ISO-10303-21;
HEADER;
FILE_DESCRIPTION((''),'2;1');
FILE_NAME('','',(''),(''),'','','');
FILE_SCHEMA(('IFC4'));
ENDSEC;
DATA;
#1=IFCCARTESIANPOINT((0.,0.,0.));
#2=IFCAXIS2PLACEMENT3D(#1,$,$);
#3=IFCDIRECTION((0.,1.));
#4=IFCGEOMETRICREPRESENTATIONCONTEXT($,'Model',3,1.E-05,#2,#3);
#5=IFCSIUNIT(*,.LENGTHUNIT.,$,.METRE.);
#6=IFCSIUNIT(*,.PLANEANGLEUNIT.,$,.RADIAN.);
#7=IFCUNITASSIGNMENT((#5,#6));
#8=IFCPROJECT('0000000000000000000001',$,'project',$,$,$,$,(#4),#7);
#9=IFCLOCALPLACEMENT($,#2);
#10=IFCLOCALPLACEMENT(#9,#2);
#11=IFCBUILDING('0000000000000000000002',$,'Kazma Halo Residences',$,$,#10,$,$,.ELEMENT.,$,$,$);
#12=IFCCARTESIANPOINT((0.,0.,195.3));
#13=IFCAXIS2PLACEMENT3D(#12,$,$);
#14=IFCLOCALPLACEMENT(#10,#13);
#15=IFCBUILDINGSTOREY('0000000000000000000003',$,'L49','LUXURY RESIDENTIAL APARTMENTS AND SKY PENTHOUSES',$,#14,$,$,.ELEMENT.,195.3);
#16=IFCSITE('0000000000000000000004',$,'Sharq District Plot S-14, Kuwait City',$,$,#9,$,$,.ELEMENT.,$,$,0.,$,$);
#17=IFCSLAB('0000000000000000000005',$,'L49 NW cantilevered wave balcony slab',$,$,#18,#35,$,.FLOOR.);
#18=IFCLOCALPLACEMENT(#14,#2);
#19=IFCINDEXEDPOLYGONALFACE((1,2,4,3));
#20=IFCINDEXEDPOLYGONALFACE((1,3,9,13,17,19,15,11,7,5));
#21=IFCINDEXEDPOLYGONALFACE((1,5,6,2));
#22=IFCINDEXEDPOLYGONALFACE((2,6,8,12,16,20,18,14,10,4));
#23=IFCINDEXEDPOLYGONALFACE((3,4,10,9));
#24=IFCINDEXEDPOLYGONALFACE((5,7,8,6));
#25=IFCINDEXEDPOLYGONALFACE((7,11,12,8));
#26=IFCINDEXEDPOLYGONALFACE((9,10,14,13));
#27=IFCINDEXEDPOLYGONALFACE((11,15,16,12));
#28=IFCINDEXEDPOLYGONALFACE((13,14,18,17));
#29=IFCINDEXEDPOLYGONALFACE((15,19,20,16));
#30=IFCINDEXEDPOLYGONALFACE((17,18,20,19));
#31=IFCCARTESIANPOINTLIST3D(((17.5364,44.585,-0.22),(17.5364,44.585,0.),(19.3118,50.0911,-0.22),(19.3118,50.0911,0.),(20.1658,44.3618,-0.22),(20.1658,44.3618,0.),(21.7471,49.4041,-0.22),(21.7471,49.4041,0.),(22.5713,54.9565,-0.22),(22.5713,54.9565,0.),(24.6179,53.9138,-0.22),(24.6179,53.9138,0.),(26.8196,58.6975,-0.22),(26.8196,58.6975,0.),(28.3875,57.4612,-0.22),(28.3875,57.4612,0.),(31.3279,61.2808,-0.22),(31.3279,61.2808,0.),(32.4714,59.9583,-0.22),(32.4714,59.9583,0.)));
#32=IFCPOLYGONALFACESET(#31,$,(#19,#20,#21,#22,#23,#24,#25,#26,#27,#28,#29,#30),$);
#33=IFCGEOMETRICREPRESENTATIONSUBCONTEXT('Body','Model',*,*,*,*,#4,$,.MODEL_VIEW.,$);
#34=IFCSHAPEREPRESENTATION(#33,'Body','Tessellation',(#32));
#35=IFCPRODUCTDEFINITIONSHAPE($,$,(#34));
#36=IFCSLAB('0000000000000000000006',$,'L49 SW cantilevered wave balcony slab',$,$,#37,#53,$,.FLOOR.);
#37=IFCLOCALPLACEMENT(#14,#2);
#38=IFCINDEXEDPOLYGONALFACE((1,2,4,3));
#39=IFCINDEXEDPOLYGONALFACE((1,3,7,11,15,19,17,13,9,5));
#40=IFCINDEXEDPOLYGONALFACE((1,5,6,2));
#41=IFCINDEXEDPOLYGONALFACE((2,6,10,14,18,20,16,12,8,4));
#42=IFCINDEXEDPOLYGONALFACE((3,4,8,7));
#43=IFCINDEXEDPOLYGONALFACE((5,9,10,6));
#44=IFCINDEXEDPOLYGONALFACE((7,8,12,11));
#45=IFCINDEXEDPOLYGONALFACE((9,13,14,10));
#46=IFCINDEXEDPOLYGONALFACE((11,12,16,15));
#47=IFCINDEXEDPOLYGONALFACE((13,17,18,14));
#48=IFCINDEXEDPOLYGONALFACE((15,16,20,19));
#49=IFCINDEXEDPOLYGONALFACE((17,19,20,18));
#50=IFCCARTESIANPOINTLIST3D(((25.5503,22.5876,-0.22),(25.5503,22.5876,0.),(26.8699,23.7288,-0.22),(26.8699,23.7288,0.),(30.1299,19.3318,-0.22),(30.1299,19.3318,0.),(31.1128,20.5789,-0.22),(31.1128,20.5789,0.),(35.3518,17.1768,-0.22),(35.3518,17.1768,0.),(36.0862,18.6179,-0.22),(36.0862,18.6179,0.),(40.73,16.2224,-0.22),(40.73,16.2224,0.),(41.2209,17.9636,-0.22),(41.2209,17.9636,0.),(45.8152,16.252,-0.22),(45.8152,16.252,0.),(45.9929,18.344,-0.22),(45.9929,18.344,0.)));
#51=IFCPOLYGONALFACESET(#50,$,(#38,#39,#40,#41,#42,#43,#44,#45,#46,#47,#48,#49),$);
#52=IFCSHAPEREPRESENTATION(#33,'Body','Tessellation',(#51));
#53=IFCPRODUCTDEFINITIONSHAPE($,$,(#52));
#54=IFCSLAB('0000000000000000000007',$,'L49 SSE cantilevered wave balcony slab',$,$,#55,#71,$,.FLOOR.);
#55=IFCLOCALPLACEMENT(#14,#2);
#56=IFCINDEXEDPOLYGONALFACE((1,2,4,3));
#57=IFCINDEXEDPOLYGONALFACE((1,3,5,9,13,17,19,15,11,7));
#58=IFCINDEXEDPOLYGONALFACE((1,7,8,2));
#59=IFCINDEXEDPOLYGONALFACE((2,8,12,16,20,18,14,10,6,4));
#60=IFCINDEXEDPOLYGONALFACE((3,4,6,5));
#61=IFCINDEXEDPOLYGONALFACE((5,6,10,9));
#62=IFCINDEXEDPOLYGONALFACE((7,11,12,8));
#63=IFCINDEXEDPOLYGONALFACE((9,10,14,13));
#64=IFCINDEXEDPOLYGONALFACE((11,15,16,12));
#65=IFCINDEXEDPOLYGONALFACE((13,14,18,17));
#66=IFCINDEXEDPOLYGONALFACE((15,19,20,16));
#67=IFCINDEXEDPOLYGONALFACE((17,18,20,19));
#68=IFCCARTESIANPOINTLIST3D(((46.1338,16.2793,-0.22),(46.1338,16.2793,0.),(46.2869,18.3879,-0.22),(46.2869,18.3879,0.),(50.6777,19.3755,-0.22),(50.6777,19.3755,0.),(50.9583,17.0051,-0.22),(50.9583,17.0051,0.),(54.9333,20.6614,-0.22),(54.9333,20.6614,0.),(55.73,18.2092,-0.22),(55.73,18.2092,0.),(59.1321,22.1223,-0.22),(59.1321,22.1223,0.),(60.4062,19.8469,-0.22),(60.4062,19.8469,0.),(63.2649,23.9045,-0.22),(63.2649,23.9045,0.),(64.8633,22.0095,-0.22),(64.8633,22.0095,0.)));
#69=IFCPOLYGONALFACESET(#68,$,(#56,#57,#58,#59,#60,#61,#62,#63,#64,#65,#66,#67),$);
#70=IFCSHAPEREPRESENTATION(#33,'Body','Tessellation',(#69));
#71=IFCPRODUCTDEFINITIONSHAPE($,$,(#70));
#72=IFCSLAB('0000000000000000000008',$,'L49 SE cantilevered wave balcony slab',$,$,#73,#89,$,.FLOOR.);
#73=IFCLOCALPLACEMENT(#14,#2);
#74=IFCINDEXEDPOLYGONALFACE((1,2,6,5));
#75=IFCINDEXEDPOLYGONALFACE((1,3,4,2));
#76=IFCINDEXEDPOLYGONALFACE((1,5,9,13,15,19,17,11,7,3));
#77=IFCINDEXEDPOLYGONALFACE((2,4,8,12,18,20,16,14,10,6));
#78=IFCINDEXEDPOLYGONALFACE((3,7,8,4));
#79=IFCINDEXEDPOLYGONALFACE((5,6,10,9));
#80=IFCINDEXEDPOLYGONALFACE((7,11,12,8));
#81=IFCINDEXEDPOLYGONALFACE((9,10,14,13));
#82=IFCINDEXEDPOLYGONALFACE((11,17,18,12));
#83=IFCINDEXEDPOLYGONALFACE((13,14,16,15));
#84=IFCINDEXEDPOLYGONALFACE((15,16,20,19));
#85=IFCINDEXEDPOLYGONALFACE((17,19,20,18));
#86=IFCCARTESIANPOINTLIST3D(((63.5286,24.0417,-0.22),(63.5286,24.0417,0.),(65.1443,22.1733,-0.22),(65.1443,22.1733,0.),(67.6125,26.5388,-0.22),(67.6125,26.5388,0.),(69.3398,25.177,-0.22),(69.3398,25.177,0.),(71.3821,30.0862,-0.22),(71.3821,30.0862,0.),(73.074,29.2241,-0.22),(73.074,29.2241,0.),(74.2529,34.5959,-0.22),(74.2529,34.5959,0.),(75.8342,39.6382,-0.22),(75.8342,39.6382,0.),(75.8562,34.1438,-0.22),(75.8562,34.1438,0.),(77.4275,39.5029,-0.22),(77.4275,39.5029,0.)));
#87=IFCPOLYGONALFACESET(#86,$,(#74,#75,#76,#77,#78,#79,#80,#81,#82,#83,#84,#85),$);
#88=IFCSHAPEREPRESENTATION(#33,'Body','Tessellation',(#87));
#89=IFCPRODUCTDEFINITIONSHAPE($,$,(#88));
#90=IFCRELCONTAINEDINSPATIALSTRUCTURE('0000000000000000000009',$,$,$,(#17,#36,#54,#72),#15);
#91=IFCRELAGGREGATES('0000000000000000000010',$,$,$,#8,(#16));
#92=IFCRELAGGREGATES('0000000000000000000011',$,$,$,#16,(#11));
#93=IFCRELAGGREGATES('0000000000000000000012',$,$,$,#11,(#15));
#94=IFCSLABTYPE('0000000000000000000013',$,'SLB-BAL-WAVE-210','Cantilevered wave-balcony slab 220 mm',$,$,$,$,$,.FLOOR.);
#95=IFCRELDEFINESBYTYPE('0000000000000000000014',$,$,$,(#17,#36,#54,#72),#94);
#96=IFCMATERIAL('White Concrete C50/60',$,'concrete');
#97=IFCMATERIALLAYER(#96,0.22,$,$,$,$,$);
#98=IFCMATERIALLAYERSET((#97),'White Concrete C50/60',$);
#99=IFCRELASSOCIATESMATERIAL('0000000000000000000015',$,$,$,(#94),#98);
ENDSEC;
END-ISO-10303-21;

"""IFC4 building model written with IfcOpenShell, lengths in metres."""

from ifc_helpers import new_model, si_unit, direction, frame, origin, place, context, subcontext, project, spatial, polyline, outline, extrude, material, layer, layer_set, type_object, element, save


model = new_model("IFC4")

# Units and contexts
model_context = context("Model", 3, precision=1e-05, world=origin(), true_north=direction((0.0, 1.0)))
body_context = subcontext(model_context, "Body", "Model", "MODEL_VIEW")
ifc_project = project(units=[si_unit("LENGTHUNIT", "METRE"), si_unit("PLANEANGLEUNIT", "RADIAN")], contexts=[model_context])

# Site, building, storey
site_placement = place(None, origin())
site = spatial("IfcSite", under=ifc_project, at=site_placement, Name="Sharq District Plot S-14, Kuwait City", CompositionType="ELEMENT", RefElevation=0.0)
building_placement = place(site_placement, origin())
building = spatial("IfcBuilding", under=site, at=building_placement, Name="Kazma Halo Residences", CompositionType="ELEMENT")
storey_placement = place(building_placement, frame((0.0, 0.0, 195.3)))
storey = spatial("IfcBuildingStorey", under=building, at=storey_placement, Name="L49", Description="LUXURY RESIDENTIAL APARTMENTS AND SKY PENTHOUSES", CompositionType="ELEMENT", Elevation=195.3)

# Slabs
ifc_material_1 = material(Name="White Concrete C50/60", Category="concrete")
ifc_layer_1 = layer(ifc_material_1, 0.22)
ifc_layer_set_1 = layer_set([ifc_layer_1], Name="White Concrete C50/60")
slab_type_1 = type_object("IfcSlabType", Name="SLB-BAL-WAVE-210", Description="Cantilevered wave-balcony slab 220 mm", PredefinedType="FLOOR", material=ifc_layer_set_1)
slab_1_placement = place(storey_placement, frame((0.0, 0.0, -0.22)))
element("IfcSlab", 1, at=slab_1_placement, inside=storey, type_object=slab_type_1, Name="L49 NW cantilevered wave balcony slab", PredefinedType="FLOOR", context=body_context, shape_type="SweptSolid", body=[
    extrude(outline(polyline([(32.4714, 59.9583), (28.3875, 57.4612), (24.6179, 53.9138), (21.7471, 49.4041), (20.1658, 44.3618), (17.5364, 44.585), (19.3118, 50.0911), (22.5713, 54.9565), (26.8196, 58.6975), (31.3279, 61.2808), (32.4714, 59.9583)])), origin(), (0.0, 0.0, 1.0), 0.22),
])
slab_2_placement = place(storey_placement, frame((0.0, 0.0, -0.22)))
element("IfcSlab", 2, at=slab_2_placement, inside=storey, type_object=slab_type_1, Name="L49 SW cantilevered wave balcony slab", PredefinedType="FLOOR", context=body_context, shape_type="SweptSolid", body=[
    extrude(outline(polyline([(26.8699, 23.7288), (31.1128, 20.5789), (36.0862, 18.6179), (41.2209, 17.9636), (45.9929, 18.344), (45.8152, 16.252), (40.73, 16.2224), (35.3518, 17.1768), (30.1299, 19.3318), (25.5503, 22.5876), (26.8699, 23.7288)])), origin(), (0.0, 0.0, 1.0), 0.22),
])
slab_3_placement = place(storey_placement, frame((0.0, 0.0, -0.22)))
element("IfcSlab", 3, at=slab_3_placement, inside=storey, type_object=slab_type_1, Name="L49 SSE cantilevered wave balcony slab", PredefinedType="FLOOR", context=body_context, shape_type="SweptSolid", body=[
    extrude(outline(polyline([(46.2869, 18.3879), (50.6777, 19.3755), (54.9333, 20.6614), (59.1321, 22.1223), (63.2649, 23.9045), (64.8633, 22.0095), (60.4062, 19.8469), (55.73, 18.2092), (50.9583, 17.0051), (46.1338, 16.2793), (46.2869, 18.3879)])), origin(), (0.0, 0.0, 1.0), 0.22),
])
slab_4_placement = place(storey_placement, frame((0.0, 0.0, -0.22)))
element("IfcSlab", 4, at=slab_4_placement, inside=storey, type_object=slab_type_1, Name="L49 SE cantilevered wave balcony slab", PredefinedType="FLOOR", context=body_context, shape_type="SweptSolid", body=[
    extrude(outline(polyline([(63.5286, 24.0417), (67.6125, 26.5388), (71.3821, 30.0862), (74.2529, 34.5959), (75.8342, 39.6382), (77.4275, 39.5029), (75.8562, 34.1438), (73.074, 29.2241), (69.3398, 25.177), (65.1443, 22.1733), (63.5286, 24.0417)])), origin(), (0.0, 0.0, 1.0), 0.22),
])

save(model, "model.ifc")
